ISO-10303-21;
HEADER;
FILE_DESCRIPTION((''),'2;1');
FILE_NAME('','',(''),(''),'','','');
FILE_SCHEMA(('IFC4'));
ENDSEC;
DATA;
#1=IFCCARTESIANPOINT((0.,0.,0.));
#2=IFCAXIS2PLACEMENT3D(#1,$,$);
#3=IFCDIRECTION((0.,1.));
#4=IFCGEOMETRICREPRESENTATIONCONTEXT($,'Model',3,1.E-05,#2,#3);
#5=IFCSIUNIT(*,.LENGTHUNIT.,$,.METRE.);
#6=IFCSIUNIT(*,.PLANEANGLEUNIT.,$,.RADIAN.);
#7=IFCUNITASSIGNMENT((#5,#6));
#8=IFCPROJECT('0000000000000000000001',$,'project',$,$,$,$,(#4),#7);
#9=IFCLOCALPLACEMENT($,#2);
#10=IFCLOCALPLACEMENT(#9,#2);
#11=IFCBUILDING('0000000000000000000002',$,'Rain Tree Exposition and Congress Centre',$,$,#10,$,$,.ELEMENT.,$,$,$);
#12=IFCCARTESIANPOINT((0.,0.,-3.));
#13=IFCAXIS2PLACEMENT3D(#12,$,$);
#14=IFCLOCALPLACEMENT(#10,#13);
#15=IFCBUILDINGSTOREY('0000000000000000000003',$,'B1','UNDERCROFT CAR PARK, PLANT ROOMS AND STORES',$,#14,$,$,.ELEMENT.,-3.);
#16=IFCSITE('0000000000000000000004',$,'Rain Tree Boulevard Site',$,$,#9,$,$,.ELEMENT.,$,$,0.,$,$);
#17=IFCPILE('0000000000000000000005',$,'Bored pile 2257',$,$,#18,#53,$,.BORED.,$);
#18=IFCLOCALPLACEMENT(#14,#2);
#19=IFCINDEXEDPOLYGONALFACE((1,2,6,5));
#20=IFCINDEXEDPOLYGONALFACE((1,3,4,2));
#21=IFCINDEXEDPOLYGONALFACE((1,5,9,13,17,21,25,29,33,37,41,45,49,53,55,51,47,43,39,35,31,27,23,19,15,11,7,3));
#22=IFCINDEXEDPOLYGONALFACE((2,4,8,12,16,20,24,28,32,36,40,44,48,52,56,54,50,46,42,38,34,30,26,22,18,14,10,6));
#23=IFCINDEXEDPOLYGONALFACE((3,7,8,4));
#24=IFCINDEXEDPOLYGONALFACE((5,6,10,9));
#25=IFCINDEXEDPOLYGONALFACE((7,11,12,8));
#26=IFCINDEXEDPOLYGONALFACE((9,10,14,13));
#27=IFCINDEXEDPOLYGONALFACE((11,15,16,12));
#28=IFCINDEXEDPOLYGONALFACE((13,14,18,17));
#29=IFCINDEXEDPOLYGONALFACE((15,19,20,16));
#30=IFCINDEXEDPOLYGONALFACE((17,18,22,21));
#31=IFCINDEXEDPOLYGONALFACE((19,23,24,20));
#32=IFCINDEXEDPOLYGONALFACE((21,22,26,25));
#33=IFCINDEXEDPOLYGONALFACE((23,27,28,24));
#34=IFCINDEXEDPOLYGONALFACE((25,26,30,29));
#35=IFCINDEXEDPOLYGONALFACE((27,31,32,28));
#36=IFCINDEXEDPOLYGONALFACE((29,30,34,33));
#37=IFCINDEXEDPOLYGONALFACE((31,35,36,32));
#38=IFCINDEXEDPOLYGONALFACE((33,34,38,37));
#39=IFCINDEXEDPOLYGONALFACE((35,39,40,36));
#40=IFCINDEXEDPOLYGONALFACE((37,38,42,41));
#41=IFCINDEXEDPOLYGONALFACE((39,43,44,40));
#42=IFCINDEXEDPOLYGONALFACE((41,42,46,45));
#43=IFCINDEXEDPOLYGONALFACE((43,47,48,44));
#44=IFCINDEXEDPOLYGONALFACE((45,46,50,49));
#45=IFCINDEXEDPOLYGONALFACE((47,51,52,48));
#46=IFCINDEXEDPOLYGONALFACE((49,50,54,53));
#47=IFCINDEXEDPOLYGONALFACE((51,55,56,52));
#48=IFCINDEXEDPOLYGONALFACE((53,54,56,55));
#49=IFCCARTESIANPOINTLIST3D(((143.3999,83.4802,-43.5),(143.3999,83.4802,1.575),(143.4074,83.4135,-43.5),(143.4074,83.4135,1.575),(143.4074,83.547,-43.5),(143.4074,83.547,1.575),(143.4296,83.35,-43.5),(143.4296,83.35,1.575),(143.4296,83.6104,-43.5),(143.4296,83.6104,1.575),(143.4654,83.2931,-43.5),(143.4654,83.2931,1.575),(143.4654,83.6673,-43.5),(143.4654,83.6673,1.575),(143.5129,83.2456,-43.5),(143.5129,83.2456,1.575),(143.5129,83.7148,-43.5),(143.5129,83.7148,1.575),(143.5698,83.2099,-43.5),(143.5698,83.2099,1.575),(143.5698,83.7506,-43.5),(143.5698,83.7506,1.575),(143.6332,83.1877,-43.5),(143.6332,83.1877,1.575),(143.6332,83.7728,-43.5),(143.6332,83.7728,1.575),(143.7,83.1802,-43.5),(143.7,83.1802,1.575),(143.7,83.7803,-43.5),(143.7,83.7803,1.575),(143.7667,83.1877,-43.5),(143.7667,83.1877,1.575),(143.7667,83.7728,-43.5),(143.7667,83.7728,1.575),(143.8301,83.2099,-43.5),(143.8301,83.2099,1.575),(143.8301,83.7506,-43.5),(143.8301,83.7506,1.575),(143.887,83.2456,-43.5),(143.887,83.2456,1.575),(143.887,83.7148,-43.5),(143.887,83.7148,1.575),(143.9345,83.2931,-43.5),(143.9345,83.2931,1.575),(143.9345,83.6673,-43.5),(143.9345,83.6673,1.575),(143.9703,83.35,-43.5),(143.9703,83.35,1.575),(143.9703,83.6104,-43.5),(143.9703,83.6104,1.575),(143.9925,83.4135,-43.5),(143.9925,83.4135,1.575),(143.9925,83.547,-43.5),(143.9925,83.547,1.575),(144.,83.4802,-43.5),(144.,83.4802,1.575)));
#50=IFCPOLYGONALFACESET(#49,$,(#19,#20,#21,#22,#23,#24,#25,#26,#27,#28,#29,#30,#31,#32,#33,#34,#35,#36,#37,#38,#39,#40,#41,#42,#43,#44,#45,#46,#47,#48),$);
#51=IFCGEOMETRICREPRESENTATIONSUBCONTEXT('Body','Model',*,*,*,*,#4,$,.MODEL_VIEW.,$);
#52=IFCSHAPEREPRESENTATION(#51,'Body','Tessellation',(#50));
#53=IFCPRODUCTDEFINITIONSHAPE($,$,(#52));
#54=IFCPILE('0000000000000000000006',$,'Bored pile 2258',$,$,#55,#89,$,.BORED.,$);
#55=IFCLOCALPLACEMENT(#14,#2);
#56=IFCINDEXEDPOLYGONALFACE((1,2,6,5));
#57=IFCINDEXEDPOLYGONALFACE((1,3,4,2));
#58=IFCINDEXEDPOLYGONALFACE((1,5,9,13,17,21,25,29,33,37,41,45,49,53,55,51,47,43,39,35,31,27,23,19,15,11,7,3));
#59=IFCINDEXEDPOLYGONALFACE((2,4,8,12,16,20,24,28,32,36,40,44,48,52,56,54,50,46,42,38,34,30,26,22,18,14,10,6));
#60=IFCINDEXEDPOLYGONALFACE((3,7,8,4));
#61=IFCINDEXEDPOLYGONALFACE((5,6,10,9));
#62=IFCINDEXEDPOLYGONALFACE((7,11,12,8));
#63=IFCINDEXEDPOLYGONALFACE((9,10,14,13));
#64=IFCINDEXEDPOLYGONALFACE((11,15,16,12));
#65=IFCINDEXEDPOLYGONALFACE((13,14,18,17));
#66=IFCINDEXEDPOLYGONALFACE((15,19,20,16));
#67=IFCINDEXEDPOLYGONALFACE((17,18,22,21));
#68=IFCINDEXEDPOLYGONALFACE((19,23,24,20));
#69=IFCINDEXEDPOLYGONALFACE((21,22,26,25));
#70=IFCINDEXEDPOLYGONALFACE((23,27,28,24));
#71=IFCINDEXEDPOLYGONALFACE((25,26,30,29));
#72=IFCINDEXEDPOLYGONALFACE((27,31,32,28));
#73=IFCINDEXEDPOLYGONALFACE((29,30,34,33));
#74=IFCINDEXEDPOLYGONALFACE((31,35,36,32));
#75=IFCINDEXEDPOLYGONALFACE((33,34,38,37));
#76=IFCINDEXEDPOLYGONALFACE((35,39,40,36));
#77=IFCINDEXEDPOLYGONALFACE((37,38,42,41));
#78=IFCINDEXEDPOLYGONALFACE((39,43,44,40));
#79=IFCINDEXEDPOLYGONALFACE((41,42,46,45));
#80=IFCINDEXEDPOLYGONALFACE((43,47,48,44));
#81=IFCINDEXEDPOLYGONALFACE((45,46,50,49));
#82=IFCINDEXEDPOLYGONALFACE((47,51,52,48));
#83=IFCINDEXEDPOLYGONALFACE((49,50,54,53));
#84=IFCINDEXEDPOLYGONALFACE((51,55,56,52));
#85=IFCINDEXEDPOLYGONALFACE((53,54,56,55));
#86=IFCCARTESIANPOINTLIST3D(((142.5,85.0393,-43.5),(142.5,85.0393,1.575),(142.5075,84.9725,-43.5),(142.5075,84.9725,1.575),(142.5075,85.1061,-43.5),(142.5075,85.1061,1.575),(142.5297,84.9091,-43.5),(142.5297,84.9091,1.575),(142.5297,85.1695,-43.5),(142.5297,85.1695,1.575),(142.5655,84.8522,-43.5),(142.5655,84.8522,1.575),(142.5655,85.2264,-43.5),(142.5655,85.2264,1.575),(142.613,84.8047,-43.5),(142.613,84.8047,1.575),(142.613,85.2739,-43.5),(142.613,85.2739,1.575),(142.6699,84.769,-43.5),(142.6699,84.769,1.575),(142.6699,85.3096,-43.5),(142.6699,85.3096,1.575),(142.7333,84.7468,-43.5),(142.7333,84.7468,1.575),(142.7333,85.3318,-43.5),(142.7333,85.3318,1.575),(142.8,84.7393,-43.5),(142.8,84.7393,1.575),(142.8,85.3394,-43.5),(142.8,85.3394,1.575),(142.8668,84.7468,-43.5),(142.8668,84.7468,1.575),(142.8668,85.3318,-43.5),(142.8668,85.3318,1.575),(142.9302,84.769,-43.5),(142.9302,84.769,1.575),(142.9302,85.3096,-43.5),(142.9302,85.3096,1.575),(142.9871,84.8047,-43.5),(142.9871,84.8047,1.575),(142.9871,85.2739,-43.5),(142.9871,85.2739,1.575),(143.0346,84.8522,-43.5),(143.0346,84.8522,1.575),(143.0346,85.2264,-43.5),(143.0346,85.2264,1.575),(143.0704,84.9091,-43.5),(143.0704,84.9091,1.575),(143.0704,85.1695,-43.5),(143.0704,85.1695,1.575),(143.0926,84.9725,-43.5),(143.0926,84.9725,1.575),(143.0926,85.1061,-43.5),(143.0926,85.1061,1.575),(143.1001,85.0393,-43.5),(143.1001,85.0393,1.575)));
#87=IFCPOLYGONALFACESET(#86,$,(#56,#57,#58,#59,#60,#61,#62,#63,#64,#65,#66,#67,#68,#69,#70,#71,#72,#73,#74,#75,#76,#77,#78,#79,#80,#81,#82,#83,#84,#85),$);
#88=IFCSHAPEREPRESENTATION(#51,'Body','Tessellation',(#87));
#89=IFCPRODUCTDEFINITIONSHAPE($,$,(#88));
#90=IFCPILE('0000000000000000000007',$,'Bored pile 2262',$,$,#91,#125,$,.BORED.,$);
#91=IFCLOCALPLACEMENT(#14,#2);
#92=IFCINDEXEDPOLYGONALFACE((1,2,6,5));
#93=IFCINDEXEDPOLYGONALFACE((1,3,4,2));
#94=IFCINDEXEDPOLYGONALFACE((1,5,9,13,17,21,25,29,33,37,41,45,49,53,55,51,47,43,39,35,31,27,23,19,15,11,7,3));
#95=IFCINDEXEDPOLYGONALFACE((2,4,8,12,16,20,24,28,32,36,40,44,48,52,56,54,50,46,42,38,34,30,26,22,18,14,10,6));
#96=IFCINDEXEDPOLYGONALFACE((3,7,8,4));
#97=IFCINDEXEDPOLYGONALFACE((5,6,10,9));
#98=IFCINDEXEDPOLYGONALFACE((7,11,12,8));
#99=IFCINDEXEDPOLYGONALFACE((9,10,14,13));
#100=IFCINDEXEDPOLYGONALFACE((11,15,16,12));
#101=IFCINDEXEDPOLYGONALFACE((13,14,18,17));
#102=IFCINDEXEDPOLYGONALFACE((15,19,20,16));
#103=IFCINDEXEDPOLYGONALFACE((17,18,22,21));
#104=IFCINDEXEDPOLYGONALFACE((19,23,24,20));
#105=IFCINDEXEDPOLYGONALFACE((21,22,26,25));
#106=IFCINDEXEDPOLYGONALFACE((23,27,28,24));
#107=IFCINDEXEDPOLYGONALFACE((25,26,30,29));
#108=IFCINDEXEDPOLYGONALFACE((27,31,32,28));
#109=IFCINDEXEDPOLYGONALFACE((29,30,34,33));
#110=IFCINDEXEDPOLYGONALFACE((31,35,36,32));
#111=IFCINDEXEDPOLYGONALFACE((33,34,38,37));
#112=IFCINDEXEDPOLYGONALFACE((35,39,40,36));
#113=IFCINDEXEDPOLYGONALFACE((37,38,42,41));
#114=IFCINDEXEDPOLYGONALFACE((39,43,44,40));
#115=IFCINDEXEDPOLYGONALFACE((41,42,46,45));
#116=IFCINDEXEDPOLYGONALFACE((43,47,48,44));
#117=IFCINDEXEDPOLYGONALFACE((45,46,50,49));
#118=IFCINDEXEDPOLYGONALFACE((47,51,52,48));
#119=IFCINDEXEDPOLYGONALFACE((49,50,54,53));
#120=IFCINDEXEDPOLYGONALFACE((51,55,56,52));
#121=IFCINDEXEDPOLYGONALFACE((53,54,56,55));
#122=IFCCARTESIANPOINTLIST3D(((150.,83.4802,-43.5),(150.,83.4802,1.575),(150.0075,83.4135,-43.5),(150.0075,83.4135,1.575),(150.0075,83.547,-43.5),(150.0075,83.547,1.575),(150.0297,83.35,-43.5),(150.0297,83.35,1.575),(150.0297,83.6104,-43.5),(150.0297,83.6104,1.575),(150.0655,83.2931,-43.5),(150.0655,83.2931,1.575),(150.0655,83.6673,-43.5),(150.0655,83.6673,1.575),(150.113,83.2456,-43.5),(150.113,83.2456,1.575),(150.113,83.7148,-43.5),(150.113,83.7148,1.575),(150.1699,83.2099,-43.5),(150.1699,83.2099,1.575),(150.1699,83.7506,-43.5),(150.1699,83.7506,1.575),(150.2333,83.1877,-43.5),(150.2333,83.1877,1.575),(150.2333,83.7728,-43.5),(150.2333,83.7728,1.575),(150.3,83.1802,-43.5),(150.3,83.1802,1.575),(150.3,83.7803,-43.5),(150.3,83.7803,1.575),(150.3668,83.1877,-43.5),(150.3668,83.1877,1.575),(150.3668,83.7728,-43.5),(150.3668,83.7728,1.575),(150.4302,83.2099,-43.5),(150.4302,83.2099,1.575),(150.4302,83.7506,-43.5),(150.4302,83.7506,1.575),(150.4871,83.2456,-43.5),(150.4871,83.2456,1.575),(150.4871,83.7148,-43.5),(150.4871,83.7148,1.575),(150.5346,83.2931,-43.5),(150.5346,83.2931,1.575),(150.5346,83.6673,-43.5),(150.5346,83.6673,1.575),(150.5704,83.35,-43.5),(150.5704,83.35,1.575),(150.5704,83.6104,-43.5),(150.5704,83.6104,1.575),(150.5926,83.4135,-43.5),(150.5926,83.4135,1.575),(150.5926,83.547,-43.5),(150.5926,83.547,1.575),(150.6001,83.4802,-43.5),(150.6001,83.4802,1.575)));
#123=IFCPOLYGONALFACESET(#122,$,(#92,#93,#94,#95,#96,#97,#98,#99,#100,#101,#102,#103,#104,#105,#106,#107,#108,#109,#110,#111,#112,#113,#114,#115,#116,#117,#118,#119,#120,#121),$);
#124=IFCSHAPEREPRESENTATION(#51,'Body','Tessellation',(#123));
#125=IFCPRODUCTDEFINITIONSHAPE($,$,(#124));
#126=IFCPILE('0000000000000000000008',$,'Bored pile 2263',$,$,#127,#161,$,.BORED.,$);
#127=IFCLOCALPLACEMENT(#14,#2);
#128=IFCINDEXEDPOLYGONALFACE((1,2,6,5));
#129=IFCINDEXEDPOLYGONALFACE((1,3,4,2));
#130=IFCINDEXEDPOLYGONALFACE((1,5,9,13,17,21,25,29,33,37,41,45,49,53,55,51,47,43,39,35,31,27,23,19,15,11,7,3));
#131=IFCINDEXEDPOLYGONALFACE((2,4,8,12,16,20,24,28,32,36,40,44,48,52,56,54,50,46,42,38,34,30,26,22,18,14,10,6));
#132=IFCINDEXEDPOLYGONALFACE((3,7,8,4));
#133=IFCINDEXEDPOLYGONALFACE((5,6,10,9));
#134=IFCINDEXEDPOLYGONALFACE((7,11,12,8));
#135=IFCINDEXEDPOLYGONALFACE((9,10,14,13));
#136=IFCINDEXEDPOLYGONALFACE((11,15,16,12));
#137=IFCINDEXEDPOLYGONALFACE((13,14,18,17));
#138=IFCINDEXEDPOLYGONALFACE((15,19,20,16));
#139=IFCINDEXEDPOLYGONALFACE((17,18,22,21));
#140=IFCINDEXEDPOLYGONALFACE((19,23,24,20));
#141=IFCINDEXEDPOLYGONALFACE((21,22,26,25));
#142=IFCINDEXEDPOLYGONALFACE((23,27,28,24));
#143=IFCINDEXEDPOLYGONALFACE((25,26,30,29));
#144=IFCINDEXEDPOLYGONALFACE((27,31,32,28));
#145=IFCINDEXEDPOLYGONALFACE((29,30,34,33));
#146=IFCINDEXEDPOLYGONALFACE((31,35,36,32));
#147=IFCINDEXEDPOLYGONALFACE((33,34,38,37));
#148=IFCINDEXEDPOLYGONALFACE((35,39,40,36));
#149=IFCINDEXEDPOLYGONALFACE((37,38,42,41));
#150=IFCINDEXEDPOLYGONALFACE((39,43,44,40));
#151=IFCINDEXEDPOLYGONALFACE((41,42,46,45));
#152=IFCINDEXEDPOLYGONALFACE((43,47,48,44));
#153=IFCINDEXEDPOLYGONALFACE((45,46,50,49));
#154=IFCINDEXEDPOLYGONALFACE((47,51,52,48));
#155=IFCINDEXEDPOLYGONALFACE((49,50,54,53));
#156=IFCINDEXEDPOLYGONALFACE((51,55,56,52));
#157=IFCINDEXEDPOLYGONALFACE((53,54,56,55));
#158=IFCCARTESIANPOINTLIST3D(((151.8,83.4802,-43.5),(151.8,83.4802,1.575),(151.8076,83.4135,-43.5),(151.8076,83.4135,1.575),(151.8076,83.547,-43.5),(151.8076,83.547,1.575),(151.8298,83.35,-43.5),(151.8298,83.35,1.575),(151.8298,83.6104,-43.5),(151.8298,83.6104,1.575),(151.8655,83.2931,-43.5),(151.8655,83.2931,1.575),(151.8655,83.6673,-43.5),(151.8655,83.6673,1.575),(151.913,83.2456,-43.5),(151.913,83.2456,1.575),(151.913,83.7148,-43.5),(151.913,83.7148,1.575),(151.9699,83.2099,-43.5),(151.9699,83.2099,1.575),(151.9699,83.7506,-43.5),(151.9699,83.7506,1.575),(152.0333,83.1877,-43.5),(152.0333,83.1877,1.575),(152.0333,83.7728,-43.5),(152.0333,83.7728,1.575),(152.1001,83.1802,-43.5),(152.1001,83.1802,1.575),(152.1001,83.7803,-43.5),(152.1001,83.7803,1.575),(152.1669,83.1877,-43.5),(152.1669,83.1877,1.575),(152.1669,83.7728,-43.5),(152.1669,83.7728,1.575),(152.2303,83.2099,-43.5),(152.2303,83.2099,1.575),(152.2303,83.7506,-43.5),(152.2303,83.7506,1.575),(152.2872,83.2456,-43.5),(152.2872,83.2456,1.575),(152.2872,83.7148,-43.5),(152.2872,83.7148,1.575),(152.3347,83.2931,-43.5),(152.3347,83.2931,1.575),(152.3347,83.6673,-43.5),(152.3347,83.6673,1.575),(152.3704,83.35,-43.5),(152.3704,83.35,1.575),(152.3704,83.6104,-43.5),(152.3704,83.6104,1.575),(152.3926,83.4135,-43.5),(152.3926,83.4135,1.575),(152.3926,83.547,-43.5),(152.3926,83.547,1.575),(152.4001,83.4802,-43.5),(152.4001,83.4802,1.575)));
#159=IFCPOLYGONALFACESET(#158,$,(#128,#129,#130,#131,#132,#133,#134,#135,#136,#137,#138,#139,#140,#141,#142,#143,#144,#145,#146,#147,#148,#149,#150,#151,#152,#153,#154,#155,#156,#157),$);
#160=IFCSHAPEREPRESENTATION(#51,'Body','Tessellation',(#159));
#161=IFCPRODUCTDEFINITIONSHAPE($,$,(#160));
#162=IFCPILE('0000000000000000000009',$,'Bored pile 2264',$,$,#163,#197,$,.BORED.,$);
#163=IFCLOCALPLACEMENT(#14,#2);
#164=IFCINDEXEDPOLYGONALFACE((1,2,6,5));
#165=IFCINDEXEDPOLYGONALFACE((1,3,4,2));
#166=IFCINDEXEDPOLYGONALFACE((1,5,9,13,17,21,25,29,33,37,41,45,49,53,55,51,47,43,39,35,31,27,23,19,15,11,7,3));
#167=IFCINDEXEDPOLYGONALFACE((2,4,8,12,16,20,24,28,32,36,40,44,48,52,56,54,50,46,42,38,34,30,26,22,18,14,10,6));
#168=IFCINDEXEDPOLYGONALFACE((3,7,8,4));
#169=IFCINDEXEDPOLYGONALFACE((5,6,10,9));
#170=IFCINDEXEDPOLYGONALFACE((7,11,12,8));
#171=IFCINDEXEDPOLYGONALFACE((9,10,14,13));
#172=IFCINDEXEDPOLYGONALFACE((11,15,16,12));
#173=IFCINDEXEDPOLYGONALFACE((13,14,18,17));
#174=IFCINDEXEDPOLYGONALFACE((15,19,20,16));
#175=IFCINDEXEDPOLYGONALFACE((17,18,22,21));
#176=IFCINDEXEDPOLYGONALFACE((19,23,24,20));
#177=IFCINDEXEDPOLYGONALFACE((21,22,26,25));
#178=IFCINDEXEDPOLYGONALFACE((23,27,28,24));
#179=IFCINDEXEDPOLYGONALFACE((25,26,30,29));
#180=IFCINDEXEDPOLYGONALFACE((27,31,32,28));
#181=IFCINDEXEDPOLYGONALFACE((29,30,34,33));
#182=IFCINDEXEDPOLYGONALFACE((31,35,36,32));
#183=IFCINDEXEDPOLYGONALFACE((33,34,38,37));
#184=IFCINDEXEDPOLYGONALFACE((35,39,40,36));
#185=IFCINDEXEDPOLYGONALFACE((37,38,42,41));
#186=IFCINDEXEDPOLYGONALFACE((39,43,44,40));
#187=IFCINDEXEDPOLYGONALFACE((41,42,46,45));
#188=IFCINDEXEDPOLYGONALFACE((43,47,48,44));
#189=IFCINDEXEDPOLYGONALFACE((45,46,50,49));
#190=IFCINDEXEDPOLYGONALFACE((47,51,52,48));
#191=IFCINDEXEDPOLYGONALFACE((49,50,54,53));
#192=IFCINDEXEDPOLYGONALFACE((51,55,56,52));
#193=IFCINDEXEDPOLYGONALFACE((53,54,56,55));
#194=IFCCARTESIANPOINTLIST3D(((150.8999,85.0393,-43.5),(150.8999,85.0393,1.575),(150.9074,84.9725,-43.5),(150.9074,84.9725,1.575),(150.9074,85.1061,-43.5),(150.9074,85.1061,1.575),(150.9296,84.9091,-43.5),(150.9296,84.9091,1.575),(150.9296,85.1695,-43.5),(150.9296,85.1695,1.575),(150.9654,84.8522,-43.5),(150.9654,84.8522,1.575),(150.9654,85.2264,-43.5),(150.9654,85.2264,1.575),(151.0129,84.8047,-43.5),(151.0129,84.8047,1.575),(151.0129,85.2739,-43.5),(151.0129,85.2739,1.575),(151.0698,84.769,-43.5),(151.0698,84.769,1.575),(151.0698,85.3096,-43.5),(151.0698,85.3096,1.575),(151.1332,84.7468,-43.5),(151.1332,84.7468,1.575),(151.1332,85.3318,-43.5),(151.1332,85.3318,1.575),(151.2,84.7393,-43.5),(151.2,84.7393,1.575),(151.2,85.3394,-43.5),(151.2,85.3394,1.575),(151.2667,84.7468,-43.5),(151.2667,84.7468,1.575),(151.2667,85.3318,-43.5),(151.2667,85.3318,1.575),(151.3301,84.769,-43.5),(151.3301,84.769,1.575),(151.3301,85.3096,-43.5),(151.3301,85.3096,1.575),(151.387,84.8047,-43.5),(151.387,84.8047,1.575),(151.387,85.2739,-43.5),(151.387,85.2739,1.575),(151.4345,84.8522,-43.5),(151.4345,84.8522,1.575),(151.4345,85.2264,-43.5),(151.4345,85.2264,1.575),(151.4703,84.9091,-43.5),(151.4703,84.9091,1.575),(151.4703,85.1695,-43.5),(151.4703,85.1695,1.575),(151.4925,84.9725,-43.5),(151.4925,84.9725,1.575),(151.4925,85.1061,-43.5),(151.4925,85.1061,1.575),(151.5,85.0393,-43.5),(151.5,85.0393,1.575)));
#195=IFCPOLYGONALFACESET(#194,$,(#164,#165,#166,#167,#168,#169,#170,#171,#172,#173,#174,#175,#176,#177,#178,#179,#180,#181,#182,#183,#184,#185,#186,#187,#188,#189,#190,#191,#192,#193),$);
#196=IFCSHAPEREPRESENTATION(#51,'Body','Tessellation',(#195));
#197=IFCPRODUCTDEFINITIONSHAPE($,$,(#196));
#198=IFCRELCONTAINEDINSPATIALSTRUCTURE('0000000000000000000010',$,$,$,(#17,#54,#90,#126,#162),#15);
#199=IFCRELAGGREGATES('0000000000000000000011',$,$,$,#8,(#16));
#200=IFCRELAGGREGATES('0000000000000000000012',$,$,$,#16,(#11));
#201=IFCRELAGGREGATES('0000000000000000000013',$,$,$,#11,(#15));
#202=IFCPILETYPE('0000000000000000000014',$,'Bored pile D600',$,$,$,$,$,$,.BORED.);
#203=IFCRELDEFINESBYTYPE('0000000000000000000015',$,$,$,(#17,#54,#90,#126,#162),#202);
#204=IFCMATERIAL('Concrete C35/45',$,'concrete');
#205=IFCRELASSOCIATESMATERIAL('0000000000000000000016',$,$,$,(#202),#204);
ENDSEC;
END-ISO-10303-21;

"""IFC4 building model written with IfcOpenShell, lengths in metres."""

from ifc_helpers import new_model, si_unit, direction, frame, origin, origin_2d, place, context, subcontext, project, spatial, circle, extrude, material, material_profile, profile_set, type_object, element, save


model = new_model("IFC4")

# Units and contexts
model_context = context("Model", 3, precision=1e-05, world=origin(), true_north=direction((0.0, 1.0)))
body_context = subcontext(model_context, "Body", "Model", "MODEL_VIEW")
ifc_project = project(units=[si_unit("LENGTHUNIT", "METRE"), si_unit("PLANEANGLEUNIT", "RADIAN")], contexts=[model_context])

# Site, building, storey
site_placement = place(None, origin())
site = spatial("IfcSite", under=ifc_project, at=site_placement, Name="Rain Tree Boulevard Site", CompositionType="ELEMENT", RefElevation=0.0)
building_placement = place(site_placement, origin())
building = spatial("IfcBuilding", under=site, at=building_placement, Name="Rain Tree Exposition and Congress Centre", CompositionType="ELEMENT")
storey_placement = place(building_placement, frame((0.0, 0.0, -3.0)))
storey = spatial("IfcBuildingStorey", under=building, at=storey_placement, Name="B1", Description="UNDERCROFT CAR PARK, PLANT ROOMS AND STORES", CompositionType="ELEMENT", Elevation=-3.0)

# Piles
ifc_material_1 = material(Name="Concrete C35/45", Category="concrete")
ifc_material_profile_1 = material_profile(ifc_material_1, circle(Radius=0.3, at=origin_2d()), Name="D600")
ifc_profile_set_1 = profile_set([ifc_material_profile_1], Name="Concrete C35/45")
pile_type_1 = type_object("IfcPileType", Name="Bored pile D600", PredefinedType="BORED", material=ifc_profile_set_1)
for number, where, z_axis, x_axis, name in (
    (1, (143.7, 83.4802, 1.575), (0.0, 0.0, -1.0), (1.0, 0.0, 0.0), "Bored pile 2257"),
    (2, (142.8, 85.0393, 1.575), (0.0, 0.0, -1.0), (1.0, 0.0, 0.0), "Bored pile 2258"),
    (3, (150.3, 83.4802, 1.575), (0.0, 0.0, -1.0), (1.0, 0.0, 0.0), "Bored pile 2262"),
    (4, (152.1001, 83.4802, 1.575), (0.0, 0.0, -1.0), (1.0, 0.0, 0.0), "Bored pile 2263"),
    (5, (151.2, 85.0393, 1.575), (0.0, 0.0, -1.0), (1.0, 0.0, 0.0), "Bored pile 2264"),
):
    element("IfcPile", number, at=place(storey_placement, frame(where, z_axis=z_axis, x_axis=x_axis)), inside=storey, type_object=pile_type_1, Name=name, PredefinedType="BORED", context=body_context, shape_type="SweptSolid", body=[
        extrude(circle(Radius=0.3, at=origin_2d()), origin(), (0.0, 0.0, 1.0), 45.075),
    ])

save(model, "model.ifc")
